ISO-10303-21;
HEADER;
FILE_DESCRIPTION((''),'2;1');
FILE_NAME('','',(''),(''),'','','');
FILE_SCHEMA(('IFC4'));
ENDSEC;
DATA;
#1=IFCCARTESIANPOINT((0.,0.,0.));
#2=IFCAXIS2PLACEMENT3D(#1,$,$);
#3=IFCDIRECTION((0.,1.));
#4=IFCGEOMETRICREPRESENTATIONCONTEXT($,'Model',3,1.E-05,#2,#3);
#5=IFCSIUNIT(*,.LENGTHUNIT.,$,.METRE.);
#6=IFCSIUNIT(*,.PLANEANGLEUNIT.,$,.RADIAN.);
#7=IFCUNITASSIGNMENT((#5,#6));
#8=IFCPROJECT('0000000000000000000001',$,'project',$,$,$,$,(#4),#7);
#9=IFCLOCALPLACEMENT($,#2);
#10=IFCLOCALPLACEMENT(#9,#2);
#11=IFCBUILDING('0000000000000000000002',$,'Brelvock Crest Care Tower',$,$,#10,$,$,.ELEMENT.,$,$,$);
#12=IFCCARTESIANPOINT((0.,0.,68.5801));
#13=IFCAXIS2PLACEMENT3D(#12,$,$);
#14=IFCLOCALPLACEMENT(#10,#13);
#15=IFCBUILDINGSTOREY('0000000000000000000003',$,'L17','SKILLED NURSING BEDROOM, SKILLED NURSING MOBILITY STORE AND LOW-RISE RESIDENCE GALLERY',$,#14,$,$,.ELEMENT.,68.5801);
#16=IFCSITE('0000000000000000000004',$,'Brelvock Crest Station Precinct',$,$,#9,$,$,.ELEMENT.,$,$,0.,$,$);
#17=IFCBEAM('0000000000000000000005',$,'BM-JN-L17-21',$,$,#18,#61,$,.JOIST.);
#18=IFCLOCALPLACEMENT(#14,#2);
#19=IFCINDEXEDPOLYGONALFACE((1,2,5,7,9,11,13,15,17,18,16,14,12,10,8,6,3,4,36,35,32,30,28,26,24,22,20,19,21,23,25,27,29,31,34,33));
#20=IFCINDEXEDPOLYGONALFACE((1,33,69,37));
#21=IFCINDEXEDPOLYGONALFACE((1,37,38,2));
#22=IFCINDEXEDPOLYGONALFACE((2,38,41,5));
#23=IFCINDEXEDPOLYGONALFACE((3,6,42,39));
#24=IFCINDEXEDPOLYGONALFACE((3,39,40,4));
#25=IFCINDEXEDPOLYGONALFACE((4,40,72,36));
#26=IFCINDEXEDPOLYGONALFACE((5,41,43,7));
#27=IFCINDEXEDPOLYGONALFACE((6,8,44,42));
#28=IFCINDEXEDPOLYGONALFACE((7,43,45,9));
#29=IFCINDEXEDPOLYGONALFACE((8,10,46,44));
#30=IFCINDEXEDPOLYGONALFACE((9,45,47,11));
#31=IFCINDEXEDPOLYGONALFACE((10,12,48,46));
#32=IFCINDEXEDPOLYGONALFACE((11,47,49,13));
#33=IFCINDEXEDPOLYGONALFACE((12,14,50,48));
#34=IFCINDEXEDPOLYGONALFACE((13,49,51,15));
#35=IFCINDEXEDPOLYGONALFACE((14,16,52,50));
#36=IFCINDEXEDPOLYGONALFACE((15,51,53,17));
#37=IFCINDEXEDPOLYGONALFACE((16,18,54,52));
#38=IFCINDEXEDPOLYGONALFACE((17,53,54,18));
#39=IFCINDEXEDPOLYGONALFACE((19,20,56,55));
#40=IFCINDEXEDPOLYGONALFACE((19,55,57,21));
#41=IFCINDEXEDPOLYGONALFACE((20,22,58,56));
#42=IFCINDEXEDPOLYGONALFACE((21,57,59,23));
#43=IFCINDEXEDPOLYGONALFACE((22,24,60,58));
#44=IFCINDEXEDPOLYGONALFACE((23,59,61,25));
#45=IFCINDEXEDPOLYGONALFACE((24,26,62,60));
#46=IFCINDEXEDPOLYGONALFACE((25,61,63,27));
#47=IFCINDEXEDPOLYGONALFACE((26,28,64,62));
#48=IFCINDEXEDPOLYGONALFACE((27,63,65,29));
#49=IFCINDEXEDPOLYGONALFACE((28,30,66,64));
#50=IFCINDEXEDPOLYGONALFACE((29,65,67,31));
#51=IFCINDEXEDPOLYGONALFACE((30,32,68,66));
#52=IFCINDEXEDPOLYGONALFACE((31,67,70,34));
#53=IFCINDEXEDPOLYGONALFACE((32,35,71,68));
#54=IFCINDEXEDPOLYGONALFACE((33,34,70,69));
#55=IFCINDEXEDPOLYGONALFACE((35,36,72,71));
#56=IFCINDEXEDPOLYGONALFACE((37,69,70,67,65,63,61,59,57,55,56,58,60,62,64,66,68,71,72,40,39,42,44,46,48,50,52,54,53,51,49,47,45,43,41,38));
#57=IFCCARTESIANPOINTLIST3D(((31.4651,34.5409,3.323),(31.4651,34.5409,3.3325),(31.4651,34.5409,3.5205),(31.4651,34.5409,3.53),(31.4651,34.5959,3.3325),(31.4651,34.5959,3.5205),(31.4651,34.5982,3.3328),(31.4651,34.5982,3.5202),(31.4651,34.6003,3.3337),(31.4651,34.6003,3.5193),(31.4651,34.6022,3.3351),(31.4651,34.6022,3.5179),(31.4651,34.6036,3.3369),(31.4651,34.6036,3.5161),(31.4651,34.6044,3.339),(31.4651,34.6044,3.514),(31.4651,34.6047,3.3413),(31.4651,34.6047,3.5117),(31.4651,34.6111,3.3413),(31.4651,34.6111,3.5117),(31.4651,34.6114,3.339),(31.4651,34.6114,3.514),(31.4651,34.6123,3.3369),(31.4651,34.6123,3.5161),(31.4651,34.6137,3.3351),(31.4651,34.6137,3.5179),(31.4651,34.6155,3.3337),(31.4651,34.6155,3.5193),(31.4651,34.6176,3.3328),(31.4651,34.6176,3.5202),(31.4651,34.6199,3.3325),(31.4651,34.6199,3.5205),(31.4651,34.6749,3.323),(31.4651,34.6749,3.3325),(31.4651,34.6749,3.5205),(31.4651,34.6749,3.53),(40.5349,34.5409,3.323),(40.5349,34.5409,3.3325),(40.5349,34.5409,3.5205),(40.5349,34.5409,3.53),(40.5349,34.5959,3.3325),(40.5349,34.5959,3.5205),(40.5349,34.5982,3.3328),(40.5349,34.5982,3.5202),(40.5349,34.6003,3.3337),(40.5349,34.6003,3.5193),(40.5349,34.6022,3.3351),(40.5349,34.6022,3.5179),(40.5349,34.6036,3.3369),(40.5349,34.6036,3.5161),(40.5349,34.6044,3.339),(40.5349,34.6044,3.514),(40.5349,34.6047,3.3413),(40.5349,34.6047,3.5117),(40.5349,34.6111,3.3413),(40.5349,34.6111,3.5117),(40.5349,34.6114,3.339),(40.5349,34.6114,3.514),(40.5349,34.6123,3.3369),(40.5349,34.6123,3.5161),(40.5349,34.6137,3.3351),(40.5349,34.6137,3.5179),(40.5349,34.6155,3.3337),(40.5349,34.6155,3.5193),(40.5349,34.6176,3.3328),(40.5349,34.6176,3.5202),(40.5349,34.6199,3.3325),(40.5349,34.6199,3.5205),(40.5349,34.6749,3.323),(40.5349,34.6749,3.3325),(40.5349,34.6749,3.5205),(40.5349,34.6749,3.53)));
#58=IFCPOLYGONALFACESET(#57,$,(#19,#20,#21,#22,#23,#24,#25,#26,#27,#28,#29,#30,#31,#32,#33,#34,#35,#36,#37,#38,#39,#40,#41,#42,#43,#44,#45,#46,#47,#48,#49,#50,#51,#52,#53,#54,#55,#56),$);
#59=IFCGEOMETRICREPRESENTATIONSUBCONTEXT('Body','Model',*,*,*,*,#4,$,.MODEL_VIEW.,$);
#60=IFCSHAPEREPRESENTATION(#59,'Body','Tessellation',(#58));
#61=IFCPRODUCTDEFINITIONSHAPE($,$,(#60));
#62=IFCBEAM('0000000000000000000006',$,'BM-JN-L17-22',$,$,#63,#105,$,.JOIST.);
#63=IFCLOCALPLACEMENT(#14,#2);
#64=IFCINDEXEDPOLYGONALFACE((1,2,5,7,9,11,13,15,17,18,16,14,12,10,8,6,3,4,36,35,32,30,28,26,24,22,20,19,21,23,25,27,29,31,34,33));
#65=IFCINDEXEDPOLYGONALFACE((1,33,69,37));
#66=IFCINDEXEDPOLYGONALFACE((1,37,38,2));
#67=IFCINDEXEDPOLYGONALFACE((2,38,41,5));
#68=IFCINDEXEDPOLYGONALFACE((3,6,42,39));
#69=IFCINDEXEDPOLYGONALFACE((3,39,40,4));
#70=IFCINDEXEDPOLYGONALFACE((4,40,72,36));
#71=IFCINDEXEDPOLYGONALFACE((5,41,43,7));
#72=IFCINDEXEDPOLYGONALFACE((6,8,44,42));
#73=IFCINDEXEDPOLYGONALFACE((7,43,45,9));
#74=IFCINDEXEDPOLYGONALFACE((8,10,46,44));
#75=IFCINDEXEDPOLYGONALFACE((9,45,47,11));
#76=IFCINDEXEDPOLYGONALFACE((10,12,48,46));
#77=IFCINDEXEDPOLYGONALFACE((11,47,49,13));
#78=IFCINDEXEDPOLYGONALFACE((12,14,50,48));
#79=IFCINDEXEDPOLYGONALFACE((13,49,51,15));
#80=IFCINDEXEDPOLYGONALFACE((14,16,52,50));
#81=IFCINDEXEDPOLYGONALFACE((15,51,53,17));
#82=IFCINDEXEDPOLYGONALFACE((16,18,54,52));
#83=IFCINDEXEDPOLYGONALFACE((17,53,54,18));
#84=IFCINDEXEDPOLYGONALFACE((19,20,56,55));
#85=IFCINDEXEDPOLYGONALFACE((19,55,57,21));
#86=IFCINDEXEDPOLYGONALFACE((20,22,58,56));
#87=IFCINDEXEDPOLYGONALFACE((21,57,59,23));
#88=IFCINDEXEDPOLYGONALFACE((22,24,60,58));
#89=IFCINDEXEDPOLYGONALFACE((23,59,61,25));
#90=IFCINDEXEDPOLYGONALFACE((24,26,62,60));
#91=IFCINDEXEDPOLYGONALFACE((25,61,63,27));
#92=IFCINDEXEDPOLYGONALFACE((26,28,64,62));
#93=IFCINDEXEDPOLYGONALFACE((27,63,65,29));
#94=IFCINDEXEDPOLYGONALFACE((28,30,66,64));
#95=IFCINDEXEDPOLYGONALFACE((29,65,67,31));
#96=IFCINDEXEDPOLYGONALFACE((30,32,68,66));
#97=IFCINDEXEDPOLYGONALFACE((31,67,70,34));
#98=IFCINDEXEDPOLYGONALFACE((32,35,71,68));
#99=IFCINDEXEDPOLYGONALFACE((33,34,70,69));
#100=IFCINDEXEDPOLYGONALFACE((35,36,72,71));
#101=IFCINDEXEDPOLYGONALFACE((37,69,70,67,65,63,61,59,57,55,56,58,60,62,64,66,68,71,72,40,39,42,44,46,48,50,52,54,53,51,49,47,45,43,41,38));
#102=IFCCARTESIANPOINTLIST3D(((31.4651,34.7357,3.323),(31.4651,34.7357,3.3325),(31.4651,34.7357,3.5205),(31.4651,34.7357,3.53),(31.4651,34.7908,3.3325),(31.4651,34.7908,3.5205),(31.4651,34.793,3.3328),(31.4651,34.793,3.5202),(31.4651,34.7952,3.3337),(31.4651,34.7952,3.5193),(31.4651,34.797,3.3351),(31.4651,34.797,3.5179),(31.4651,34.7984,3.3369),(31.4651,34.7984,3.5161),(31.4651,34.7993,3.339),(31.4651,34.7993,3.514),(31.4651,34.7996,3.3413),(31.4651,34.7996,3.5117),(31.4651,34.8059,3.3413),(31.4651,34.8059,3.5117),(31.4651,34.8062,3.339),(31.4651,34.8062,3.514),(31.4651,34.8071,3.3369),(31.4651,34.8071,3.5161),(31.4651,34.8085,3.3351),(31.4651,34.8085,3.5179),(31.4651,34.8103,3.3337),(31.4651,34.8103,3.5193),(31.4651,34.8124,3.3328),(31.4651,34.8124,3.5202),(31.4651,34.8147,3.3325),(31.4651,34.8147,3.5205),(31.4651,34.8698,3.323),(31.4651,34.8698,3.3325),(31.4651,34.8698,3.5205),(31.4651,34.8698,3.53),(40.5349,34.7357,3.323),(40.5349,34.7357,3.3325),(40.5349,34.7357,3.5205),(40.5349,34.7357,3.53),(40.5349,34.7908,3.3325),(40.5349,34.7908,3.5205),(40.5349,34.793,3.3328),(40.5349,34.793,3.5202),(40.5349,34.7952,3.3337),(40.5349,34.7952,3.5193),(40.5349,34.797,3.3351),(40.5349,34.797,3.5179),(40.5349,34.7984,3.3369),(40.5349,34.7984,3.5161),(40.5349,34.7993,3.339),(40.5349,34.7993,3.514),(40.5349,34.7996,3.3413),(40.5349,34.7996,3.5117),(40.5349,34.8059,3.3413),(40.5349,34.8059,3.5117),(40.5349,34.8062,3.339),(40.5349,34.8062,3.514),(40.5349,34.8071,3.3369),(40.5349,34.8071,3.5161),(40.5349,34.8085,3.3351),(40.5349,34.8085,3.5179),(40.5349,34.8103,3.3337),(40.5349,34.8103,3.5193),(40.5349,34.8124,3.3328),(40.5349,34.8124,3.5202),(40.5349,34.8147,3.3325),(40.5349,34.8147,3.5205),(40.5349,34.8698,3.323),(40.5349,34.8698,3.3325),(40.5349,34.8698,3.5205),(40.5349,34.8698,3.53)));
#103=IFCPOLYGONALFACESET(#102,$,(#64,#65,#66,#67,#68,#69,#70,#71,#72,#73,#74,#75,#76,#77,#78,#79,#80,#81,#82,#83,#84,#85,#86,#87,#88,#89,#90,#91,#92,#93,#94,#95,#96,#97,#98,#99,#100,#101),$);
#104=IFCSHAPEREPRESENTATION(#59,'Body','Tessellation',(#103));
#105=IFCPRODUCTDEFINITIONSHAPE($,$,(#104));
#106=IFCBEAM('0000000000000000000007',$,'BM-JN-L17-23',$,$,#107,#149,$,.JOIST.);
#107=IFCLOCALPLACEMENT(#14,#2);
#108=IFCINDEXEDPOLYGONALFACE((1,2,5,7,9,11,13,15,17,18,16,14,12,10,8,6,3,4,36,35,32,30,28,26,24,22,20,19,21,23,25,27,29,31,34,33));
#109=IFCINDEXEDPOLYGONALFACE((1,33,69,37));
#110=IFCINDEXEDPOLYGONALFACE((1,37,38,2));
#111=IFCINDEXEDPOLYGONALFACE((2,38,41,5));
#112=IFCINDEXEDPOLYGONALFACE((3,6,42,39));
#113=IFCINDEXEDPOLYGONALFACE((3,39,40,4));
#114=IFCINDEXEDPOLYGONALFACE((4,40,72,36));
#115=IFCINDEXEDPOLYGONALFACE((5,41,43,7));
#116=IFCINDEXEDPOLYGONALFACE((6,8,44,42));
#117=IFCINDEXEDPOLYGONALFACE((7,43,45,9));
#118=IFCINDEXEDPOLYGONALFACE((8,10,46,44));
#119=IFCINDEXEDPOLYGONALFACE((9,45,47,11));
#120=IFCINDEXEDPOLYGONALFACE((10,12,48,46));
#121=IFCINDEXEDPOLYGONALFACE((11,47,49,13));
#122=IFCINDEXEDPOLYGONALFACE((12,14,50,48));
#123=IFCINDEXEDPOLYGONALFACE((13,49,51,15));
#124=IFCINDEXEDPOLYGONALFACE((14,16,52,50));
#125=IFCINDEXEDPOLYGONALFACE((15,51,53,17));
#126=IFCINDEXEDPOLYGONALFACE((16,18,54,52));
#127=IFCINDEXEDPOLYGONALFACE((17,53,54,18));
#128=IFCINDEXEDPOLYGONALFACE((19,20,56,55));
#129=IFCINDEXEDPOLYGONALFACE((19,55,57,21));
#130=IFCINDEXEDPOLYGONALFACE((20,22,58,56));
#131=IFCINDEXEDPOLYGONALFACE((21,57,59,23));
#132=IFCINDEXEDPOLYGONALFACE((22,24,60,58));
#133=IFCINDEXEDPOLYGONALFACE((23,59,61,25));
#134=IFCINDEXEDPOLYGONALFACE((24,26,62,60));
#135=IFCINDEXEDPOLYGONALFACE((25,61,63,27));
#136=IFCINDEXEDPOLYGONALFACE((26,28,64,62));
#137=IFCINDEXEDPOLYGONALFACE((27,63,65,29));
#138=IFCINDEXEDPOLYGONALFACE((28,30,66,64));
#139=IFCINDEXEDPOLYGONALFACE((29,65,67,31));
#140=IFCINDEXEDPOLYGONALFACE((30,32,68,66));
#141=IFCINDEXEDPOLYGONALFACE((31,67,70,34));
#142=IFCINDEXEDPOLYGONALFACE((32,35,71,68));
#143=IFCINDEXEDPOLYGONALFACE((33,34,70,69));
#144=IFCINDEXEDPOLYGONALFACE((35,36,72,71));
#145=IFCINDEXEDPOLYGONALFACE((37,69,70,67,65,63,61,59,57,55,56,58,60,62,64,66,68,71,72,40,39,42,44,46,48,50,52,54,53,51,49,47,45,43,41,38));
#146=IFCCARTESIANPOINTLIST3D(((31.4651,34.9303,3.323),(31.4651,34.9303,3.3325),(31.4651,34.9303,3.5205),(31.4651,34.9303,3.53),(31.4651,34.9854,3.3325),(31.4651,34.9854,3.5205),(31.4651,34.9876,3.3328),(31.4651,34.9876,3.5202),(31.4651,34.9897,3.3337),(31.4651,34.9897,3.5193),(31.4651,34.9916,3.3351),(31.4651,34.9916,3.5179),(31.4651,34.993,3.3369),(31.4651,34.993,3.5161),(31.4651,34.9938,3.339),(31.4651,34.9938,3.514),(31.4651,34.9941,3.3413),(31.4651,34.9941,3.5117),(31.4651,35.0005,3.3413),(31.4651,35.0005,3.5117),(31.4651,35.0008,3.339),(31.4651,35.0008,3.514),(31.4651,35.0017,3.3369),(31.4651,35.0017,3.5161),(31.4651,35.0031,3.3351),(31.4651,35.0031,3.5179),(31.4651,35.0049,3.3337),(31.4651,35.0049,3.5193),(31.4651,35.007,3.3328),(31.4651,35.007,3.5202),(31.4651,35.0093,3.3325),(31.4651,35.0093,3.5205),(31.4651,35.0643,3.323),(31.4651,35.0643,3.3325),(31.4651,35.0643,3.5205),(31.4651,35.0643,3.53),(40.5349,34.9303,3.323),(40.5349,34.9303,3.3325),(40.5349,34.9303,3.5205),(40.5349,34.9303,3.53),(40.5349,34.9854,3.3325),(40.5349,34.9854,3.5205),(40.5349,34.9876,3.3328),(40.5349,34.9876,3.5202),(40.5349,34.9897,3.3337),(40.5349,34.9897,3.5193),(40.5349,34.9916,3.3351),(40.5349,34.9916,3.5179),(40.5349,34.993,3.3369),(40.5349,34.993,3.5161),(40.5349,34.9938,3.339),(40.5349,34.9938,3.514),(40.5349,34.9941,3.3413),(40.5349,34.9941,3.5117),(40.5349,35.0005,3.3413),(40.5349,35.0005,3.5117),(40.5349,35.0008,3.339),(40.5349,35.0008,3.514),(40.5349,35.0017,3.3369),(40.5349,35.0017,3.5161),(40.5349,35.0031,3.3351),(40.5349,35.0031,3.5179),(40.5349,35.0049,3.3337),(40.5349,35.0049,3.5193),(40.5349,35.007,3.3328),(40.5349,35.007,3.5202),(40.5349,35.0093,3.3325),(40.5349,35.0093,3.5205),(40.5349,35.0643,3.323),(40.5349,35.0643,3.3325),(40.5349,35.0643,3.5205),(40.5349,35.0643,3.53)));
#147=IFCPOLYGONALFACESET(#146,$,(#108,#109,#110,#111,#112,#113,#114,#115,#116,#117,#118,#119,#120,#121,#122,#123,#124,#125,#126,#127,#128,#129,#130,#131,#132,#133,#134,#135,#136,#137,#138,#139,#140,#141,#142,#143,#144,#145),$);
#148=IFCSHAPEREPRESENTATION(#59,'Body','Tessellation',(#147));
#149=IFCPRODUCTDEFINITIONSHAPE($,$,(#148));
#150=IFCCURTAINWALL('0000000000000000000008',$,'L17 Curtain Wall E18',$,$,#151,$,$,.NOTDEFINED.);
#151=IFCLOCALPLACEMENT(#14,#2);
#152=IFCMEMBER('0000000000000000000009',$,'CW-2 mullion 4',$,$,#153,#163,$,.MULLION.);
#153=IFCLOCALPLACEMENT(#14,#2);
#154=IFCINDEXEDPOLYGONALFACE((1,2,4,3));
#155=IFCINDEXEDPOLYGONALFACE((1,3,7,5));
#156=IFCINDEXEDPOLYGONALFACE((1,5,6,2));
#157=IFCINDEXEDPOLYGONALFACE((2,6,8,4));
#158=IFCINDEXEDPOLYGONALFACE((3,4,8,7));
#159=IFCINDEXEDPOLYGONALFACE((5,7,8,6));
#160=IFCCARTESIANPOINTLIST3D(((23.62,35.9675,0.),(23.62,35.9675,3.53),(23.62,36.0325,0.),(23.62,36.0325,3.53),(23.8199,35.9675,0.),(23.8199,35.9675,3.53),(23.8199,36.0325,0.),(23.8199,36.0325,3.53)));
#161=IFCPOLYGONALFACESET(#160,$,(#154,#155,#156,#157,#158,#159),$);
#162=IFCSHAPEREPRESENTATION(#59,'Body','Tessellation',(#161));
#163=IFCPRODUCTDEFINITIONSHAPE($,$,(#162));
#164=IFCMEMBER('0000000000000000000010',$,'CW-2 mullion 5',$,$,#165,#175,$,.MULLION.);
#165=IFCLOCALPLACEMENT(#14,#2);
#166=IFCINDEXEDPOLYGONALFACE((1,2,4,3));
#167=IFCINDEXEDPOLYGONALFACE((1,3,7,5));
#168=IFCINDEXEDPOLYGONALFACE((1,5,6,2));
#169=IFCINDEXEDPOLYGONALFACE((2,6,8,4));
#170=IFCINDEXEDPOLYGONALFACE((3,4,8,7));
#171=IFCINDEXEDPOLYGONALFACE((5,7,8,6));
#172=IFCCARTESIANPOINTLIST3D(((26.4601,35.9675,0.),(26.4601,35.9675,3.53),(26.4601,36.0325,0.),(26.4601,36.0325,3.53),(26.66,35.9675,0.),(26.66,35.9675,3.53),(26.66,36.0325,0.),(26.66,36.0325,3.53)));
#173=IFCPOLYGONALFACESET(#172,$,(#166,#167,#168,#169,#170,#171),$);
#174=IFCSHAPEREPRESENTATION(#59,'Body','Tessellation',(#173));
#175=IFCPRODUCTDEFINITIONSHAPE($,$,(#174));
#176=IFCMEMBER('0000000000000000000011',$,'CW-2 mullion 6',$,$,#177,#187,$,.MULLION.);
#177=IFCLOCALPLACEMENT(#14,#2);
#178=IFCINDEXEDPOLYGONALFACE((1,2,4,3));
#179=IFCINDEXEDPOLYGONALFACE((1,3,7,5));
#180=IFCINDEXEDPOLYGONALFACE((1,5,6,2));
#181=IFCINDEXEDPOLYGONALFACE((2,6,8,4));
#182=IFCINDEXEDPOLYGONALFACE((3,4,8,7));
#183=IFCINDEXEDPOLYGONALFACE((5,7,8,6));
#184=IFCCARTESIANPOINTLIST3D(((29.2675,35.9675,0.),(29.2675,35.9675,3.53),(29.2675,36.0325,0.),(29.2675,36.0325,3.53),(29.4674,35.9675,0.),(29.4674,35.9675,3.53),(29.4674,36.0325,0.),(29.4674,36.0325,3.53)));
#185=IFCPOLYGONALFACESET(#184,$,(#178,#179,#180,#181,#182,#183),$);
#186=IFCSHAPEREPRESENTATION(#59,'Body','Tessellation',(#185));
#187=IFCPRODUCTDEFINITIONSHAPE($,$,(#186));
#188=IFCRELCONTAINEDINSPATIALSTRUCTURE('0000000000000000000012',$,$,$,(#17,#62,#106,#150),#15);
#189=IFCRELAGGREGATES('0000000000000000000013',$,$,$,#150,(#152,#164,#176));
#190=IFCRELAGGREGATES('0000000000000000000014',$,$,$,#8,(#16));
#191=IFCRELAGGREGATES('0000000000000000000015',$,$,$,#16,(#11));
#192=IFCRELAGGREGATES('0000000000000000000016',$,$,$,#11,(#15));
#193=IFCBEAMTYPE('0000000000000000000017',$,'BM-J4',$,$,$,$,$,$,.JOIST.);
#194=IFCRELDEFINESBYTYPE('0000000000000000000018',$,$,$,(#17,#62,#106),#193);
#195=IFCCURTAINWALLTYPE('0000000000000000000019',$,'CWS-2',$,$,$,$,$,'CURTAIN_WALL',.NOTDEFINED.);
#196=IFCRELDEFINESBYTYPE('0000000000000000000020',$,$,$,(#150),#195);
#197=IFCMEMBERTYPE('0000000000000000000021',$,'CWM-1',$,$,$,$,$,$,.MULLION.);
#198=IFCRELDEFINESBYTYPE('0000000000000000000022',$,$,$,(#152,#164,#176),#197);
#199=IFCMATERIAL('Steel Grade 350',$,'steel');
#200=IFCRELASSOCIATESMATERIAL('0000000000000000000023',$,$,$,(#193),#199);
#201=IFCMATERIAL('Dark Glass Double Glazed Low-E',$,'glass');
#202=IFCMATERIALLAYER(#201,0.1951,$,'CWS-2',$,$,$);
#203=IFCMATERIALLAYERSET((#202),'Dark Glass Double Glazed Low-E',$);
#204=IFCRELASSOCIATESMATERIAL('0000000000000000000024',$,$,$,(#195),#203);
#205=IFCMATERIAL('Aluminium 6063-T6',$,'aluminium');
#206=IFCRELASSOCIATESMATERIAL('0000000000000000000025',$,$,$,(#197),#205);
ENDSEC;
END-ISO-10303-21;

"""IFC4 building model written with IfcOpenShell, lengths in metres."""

from ifc_helpers import new_model, si_unit, direction, frame, origin, origin_2d, place, context, subcontext, project, spatial, rectangle, i_section, extrude, source, transform, mapped, material, layer, layer_set, material_profile, profile_set, type_object, element, aggregate, save


model = new_model("IFC4")

# Units and contexts
model_context = context("Model", 3, precision=1e-05, world=origin(), true_north=direction((0.0, 1.0)))
body_context = subcontext(model_context, "Body", "Model", "MODEL_VIEW")
ifc_project = project(units=[si_unit("LENGTHUNIT", "METRE"), si_unit("PLANEANGLEUNIT", "RADIAN")], contexts=[model_context])

# Site, building, storey
site_placement = place(None, origin())
site = spatial("IfcSite", under=ifc_project, at=site_placement, Name="Brelvock Crest Station Precinct", CompositionType="ELEMENT", RefElevation=0.0)
building_placement = place(site_placement, origin())
building = spatial("IfcBuilding", under=site, at=building_placement, Name="Brelvock Crest Care Tower", CompositionType="ELEMENT")
storey_placement = place(building_placement, frame((0.0, 0.0, 68.5801)))
storey = spatial("IfcBuildingStorey", under=building, at=storey_placement, Name="L17", Description="SKILLED NURSING BEDROOM, SKILLED NURSING MOBILITY STORE AND LOW-RISE RESIDENCE GALLERY", CompositionType="ELEMENT", Elevation=68.5801)

# Shared definitions
ifc_material_1 = material(Name="Steel Grade 350", Category="steel")

# Beams
ifc_material_profile_1 = material_profile(ifc_material_1, i_section(OverallWidth=0.134, OverallDepth=0.207, WebThickness=0.0063, FlangeThickness=0.0095, FilletRadius=0.0088, at=origin_2d()), Name="200UB29.8")
ifc_profile_set_1 = profile_set([ifc_material_profile_1], Name="Steel Grade 350")
beam_type_1 = type_object("IfcBeamType", Name="BM-J4", PredefinedType="JOIST", material=ifc_profile_set_1)
shared_shape_1 = source(origin(), body_context, "Body", "SweptSolid", [
    extrude(i_section(OverallWidth=0.134, OverallDepth=0.207, WebThickness=0.0063, FlangeThickness=0.0095, FilletRadius=0.0088, at=origin_2d()), origin(), (0.0, 0.0, 1.0), 9.0698),
])
for number, where, z_axis, x_axis, name in (
    (1, (31.4651, 34.6079, 3.4265), (1.0, 0.0, 0.0), (0.0, 1.0, 0.0), "BM-JN-L17-21"),
    (2, (31.4651, 34.8027, 3.4265), (1.0, 0.0, 0.0), (0.0, 1.0, 0.0), "BM-JN-L17-22"),
    (3, (31.4651, 34.9973, 3.4265), (1.0, 0.0, 0.0), (0.0, 1.0, 0.0), "BM-JN-L17-23"),
):
    element("IfcBeam", number, at=place(storey_placement, frame(where, z_axis=z_axis, x_axis=x_axis)), inside=storey, type_object=beam_type_1, Name=name, PredefinedType="JOIST", context=body_context, shape_type="MappedRepresentation", body=[
        mapped(shared_shape_1, transform((0.0, 0.0, 0.0), x_axis=(1.0, 0.0, 0.0), y_axis=(0.0, 1.0, 0.0), z_axis=(0.0, 0.0, 1.0), scale=1.0)),
    ])

# Curtain wall, members
ifc_material_2 = material(Name="Dark Glass Double Glazed Low-E", Category="glass")
ifc_layer_1 = layer(ifc_material_2, 0.1951, Name="CWS-2")
ifc_layer_set_1 = layer_set([ifc_layer_1], Name="Dark Glass Double Glazed Low-E")
curtain_wall_type = type_object("IfcCurtainWallType", Name="CWS-2", ElementType="CURTAIN_WALL", PredefinedType="NOTDEFINED", material=ifc_layer_set_1)
curtain_wall_placement = place(storey_placement, origin())
curtain_wall = element("IfcCurtainWall", 4, at=curtain_wall_placement, inside=storey, type_object=curtain_wall_type, Name="L17 Curtain Wall E18", PredefinedType="NOTDEFINED")
ifc_material_3 = material(Name="Aluminium 6063-T6", Category="aluminium")
ifc_material_profile_2 = material_profile(ifc_material_3, rectangle(XDim=0.0649, YDim=0.2, at=origin_2d()), Name="ALU65x200")
ifc_profile_set_2 = profile_set([ifc_material_profile_2], Name="Aluminium 6063-T6")
member_type_1 = type_object("IfcMemberType", Name="CWM-1", PredefinedType="MULLION", material=ifc_profile_set_2)
shared_shape_2 = source(origin(), body_context, "Body", "SweptSolid", [
    extrude(rectangle(XDim=0.0649, YDim=0.2, at=origin_2d()), origin(), (0.0, 0.0, 1.0), 3.53),
])
member_1_placement = place(storey_placement, frame((23.72, 36.0, 0.0), z_axis=(0.0, 0.0, 1.0), x_axis=(0.0, 1.0, 0.0)))
member_1 = element("IfcMember", 5, at=member_1_placement, type_object=member_type_1, Name="CW-2 mullion 4", PredefinedType="MULLION", context=body_context, shape_type="MappedRepresentation", body=[
    mapped(shared_shape_2, transform((0.0, 0.0, 0.0), x_axis=(1.0, 0.0, 0.0), y_axis=(0.0, 1.0, 0.0), z_axis=(0.0, 0.0, 1.0), scale=1.0)),
])
member_2_placement = place(storey_placement, frame((26.5601, 36.0, 0.0), z_axis=(0.0, 0.0, 1.0), x_axis=(0.0, 1.0, 0.0)))
member_2 = element("IfcMember", 6, at=member_2_placement, type_object=member_type_1, Name="CW-2 mullion 5", PredefinedType="MULLION", context=body_context, shape_type="MappedRepresentation", body=[
    mapped(shared_shape_2, transform((0.0, 0.0, 0.0), x_axis=(1.0, 0.0, 0.0), y_axis=(0.0, 1.0, 0.0), z_axis=(0.0, 0.0, 1.0), scale=1.0)),
])
member_3_placement = place(storey_placement, frame((29.3674, 36.0, 0.0), z_axis=(0.0, 0.0, 1.0), x_axis=(0.0, 1.0, 0.0)))
member_3 = element("IfcMember", 7, at=member_3_placement, type_object=member_type_1, Name="CW-2 mullion 6", PredefinedType="MULLION", context=body_context, shape_type="MappedRepresentation", body=[
    mapped(shared_shape_2, transform((0.0, 0.0, 0.0), x_axis=(1.0, 0.0, 0.0), y_axis=(0.0, 1.0, 0.0), z_axis=(0.0, 0.0, 1.0), scale=1.0)),
])
aggregate(curtain_wall, [member_1, member_2, member_3])

save(model, "model.ifc")
